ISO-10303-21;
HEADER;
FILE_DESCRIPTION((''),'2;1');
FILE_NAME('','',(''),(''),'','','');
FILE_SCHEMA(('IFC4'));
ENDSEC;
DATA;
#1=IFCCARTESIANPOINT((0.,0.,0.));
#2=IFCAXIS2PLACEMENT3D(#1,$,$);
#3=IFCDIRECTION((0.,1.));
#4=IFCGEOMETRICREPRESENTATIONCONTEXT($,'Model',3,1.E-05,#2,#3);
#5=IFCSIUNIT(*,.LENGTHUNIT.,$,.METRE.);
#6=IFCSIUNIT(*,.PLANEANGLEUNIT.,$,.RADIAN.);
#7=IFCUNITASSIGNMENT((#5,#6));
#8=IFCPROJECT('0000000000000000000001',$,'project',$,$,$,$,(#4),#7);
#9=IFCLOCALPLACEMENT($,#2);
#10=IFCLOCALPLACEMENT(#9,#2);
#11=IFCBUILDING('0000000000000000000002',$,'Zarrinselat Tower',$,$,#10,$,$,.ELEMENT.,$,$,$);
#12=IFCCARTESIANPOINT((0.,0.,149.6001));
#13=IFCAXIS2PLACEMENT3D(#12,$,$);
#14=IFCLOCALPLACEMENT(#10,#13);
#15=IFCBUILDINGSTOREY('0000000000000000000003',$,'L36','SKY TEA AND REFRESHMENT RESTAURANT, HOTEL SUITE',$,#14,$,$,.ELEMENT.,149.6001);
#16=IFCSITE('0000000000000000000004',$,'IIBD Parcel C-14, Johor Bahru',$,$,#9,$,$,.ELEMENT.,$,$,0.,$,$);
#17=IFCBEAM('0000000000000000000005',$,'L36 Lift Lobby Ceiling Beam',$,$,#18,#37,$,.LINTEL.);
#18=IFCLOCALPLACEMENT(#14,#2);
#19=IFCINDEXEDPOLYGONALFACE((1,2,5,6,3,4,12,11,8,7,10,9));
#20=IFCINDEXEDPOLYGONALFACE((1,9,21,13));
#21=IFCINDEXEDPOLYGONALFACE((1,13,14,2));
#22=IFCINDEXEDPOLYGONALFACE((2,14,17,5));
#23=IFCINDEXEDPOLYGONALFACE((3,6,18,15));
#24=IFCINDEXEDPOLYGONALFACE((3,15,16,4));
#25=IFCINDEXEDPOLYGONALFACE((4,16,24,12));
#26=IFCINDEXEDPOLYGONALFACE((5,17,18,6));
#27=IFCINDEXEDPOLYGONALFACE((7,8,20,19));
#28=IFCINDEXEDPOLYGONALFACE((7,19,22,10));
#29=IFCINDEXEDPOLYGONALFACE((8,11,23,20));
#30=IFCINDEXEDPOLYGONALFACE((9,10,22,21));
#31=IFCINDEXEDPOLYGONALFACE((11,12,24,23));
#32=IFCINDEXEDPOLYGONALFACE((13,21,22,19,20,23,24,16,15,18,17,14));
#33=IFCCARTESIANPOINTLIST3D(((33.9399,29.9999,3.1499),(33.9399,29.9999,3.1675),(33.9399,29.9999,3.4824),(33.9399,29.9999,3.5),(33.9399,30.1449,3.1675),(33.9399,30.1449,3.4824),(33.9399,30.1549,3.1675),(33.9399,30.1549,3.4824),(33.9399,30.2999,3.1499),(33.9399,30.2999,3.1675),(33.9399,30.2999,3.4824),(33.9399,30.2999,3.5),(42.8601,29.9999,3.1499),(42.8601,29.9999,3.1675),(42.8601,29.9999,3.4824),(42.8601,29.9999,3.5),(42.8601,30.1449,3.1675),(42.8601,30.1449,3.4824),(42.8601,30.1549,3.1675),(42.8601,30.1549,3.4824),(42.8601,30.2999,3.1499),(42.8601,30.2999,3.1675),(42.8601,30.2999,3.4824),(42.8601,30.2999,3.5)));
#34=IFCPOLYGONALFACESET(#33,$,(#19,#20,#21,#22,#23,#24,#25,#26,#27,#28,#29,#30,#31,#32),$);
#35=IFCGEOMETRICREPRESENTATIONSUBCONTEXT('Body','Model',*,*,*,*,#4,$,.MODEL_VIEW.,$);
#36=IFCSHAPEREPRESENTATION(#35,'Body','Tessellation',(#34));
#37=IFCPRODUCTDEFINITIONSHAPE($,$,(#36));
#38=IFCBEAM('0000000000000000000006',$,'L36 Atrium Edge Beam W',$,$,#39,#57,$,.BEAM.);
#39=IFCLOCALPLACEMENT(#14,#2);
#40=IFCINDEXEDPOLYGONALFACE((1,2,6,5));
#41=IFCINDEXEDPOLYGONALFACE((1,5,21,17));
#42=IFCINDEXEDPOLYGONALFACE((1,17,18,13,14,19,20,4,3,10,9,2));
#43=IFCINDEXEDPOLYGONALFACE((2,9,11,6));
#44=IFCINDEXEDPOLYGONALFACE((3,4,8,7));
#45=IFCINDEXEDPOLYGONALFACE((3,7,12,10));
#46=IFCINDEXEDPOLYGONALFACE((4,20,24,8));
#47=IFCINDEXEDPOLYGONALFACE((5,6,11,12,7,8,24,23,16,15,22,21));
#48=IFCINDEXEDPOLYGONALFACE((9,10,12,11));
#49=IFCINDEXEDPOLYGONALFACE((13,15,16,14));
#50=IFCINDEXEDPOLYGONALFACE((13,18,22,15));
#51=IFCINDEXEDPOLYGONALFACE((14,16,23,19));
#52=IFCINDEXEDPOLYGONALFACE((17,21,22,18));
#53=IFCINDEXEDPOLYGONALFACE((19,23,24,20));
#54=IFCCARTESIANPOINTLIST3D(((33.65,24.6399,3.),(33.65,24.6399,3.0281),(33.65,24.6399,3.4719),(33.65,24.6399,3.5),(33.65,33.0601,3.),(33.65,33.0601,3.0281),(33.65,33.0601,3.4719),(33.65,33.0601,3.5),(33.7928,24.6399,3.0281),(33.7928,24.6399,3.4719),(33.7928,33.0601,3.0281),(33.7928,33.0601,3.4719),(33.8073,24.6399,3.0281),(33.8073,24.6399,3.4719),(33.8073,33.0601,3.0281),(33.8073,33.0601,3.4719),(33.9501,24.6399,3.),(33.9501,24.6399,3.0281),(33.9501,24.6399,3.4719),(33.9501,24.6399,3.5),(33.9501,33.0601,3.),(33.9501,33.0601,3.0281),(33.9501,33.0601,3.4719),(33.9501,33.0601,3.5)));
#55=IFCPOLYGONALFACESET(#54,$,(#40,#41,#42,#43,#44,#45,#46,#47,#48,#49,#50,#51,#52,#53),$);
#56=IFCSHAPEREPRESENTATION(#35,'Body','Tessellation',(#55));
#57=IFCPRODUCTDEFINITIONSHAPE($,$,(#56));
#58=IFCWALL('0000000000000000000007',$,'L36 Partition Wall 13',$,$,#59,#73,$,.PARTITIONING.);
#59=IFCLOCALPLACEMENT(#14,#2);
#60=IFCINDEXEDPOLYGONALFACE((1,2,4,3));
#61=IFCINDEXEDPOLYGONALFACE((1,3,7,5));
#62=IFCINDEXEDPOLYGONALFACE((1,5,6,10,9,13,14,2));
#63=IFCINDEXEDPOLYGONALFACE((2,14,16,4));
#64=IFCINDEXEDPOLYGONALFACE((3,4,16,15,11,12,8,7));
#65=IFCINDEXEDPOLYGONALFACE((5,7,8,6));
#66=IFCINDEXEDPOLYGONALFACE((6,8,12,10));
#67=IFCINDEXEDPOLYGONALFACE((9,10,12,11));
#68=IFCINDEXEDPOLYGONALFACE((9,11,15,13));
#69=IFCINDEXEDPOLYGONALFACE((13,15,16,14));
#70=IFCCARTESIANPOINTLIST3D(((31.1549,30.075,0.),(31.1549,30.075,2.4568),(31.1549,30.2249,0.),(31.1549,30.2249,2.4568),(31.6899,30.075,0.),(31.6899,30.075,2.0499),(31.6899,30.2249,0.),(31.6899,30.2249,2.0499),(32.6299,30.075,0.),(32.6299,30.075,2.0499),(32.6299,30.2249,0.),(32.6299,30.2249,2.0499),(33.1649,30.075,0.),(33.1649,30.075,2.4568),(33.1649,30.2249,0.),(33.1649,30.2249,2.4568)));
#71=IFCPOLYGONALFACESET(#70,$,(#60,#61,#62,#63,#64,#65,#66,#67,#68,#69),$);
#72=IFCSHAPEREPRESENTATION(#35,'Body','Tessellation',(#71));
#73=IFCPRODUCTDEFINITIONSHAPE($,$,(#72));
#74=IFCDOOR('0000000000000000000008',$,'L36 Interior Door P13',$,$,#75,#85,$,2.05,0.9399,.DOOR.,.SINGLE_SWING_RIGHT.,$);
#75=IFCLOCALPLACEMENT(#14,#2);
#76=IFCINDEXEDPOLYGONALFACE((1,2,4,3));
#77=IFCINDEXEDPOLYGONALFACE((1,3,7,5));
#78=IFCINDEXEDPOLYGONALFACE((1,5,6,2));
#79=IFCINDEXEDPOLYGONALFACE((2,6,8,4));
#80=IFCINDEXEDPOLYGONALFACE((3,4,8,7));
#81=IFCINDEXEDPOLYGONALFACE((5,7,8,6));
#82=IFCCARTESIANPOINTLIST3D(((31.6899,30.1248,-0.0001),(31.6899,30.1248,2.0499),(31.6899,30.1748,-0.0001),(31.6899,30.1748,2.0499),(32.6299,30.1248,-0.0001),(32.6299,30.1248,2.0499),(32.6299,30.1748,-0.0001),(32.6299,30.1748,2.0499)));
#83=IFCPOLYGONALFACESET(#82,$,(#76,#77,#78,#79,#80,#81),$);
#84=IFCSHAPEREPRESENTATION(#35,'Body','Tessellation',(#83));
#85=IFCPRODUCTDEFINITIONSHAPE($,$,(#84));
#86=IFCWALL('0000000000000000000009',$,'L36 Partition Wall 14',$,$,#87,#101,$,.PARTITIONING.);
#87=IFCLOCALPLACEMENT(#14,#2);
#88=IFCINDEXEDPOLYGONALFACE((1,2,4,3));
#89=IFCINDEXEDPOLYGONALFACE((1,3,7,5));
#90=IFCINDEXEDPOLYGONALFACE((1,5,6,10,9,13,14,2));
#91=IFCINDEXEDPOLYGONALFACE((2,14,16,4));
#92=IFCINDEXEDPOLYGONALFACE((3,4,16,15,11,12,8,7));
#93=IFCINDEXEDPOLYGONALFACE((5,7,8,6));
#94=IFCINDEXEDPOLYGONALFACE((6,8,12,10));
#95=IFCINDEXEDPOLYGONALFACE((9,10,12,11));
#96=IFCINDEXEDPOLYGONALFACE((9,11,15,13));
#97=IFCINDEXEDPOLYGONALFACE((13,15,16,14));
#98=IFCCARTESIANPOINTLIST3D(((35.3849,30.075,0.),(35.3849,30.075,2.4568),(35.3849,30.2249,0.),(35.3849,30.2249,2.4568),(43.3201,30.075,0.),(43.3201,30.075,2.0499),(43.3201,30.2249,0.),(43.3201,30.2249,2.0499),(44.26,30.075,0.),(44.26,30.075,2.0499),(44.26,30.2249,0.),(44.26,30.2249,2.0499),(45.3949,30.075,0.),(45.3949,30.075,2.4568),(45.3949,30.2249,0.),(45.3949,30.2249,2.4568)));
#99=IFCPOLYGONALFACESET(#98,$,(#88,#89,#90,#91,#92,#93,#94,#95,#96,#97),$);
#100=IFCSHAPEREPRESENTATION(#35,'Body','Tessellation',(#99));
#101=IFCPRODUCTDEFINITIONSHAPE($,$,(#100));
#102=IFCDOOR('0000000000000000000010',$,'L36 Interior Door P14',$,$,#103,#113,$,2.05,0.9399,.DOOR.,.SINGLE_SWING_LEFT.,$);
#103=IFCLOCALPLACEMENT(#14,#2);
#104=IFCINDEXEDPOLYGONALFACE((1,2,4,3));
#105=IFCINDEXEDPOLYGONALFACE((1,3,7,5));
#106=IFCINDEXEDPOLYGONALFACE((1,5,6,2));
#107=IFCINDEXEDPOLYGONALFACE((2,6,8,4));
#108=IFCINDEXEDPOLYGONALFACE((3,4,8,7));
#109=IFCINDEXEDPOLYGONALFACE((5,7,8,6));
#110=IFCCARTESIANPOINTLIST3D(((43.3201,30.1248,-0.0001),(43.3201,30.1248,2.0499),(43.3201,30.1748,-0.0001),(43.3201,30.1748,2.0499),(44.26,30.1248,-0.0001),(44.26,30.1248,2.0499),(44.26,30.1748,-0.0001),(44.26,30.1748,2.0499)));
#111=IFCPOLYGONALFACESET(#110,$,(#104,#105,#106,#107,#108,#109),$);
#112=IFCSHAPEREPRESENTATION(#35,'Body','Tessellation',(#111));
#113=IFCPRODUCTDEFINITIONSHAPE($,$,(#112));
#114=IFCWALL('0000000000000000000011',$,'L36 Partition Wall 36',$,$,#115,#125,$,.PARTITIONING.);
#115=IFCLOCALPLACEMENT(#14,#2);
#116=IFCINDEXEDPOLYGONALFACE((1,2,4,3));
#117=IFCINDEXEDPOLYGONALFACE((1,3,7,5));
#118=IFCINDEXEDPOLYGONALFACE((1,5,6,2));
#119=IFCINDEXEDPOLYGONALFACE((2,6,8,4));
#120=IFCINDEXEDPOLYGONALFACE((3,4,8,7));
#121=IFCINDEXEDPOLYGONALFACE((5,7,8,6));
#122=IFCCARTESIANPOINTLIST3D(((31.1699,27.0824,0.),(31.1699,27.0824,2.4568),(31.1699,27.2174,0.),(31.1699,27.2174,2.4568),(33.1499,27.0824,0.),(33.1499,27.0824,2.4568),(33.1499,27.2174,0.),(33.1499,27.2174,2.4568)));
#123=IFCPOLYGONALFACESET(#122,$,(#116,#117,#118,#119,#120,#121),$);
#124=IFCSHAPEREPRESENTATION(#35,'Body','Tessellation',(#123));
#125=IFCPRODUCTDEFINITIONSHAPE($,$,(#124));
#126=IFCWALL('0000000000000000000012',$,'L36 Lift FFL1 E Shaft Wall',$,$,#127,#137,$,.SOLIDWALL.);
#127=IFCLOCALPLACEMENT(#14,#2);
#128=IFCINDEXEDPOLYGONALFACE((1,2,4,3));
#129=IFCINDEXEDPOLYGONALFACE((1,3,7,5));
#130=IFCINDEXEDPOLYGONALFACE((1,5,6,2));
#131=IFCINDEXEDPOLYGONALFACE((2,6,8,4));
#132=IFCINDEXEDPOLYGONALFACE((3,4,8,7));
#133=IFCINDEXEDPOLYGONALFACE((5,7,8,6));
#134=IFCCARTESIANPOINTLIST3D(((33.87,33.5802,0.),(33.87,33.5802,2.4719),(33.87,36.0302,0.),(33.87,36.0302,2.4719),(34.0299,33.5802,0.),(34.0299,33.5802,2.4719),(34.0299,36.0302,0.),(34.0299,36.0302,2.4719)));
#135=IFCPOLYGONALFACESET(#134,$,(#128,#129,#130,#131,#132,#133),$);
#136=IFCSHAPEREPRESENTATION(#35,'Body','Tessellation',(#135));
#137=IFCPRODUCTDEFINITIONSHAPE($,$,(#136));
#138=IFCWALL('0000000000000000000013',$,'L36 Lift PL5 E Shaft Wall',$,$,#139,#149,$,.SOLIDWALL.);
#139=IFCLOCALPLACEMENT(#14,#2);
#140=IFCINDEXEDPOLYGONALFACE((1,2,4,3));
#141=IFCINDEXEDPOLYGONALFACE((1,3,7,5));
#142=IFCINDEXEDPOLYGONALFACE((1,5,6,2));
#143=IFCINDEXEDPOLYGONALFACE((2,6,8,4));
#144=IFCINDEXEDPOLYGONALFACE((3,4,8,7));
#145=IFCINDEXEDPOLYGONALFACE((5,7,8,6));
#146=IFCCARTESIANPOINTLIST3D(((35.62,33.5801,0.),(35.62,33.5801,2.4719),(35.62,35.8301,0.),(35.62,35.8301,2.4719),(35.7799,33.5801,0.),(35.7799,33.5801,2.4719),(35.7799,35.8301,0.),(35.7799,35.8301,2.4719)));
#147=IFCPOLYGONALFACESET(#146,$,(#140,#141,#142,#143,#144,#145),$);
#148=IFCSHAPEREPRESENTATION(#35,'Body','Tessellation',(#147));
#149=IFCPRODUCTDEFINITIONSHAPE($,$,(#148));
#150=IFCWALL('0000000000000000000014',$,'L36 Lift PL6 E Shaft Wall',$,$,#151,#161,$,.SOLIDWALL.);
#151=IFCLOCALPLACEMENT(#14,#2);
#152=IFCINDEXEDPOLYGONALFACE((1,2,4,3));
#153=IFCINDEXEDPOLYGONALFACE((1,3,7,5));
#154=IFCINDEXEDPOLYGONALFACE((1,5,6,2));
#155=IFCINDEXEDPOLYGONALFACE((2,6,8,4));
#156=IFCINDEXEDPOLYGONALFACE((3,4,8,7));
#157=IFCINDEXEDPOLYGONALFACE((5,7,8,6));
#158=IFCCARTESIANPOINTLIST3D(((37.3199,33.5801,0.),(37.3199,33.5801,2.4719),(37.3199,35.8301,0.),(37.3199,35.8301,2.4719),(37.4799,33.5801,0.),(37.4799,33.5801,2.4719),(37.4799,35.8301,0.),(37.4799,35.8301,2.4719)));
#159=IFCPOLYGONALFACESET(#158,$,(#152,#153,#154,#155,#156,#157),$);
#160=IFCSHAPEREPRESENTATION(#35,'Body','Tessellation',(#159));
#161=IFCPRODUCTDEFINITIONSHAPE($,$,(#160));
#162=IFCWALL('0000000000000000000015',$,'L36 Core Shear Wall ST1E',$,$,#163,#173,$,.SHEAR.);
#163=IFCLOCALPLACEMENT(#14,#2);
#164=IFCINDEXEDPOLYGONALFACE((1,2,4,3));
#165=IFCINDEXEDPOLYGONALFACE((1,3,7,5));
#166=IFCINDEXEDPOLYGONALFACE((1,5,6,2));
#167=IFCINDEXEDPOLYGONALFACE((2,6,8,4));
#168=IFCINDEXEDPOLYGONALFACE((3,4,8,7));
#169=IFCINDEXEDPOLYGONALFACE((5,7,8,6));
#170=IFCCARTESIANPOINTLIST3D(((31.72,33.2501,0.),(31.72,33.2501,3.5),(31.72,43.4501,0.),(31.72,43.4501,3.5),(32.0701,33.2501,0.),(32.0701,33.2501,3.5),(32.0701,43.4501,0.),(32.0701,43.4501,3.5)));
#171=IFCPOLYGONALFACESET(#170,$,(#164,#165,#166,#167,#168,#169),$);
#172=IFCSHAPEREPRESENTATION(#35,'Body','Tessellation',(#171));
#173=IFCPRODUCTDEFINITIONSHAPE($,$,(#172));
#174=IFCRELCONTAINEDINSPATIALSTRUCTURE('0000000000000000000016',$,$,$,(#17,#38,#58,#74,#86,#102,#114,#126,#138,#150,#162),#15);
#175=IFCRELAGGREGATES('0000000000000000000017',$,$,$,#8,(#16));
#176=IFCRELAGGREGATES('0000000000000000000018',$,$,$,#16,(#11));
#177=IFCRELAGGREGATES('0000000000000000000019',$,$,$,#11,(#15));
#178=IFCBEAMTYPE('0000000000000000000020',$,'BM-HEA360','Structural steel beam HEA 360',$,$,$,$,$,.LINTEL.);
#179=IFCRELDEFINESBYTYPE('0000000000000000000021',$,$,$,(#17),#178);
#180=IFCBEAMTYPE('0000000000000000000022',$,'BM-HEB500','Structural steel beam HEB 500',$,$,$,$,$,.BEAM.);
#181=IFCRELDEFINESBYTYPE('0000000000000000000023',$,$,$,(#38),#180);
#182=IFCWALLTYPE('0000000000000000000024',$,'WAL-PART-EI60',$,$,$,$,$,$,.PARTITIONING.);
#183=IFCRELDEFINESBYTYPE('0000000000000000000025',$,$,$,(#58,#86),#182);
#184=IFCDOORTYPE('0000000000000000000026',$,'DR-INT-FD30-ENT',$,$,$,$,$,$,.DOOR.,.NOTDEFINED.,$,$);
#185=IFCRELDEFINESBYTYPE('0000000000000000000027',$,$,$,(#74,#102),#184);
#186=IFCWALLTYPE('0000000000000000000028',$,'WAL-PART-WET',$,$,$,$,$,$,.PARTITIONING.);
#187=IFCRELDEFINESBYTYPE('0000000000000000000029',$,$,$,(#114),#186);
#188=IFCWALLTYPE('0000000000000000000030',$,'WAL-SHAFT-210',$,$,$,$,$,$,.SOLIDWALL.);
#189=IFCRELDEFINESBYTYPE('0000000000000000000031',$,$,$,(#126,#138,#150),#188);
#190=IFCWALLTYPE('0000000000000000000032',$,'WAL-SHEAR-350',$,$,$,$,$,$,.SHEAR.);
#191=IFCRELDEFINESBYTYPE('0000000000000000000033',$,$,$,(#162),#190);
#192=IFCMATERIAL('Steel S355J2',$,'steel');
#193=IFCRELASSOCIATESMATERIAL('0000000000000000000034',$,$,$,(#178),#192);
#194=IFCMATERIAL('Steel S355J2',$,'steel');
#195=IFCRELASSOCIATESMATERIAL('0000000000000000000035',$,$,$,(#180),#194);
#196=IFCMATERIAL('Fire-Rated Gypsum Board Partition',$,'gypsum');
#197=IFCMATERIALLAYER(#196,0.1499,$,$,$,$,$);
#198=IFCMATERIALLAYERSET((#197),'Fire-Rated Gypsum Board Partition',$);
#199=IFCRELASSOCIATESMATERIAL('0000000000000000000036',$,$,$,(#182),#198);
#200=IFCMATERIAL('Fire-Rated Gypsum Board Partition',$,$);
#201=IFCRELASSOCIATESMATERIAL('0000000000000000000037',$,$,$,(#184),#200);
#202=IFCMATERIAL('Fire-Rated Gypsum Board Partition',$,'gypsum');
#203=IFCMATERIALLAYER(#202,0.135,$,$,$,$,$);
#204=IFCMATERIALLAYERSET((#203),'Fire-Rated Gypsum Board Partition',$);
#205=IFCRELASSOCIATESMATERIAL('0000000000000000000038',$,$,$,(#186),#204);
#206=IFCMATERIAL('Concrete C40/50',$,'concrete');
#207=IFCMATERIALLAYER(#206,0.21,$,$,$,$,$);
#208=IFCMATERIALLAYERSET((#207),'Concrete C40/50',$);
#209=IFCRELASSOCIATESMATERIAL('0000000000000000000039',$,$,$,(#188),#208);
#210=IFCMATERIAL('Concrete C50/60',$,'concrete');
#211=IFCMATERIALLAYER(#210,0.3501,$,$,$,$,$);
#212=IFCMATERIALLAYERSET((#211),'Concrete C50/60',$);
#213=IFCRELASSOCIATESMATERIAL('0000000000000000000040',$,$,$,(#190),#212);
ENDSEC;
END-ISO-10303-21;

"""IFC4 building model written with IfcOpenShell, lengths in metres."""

from ifc_helpers import new_model, si_unit, direction, frame, frame_2d, origin, origin_2d, place, context, subcontext, project, spatial, rectangle, i_section, extrude, material, layer, layer_set, material_profile, profile_set, type_object, element, fill, save


model = new_model("IFC4")

# Units and contexts
model_context = context("Model", 3, precision=1e-05, world=origin(), true_north=direction((0.0, 1.0)))
body_context = subcontext(model_context, "Body", "Model", "MODEL_VIEW")
ifc_project = project(units=[si_unit("LENGTHUNIT", "METRE"), si_unit("PLANEANGLEUNIT", "RADIAN")], contexts=[model_context])

# Site, building, storey
site_placement = place(None, origin())
site = spatial("IfcSite", under=ifc_project, at=site_placement, Name="IIBD Parcel C-14, Johor Bahru", CompositionType="ELEMENT", RefElevation=0.0)
building_placement = place(site_placement, origin())
building = spatial("IfcBuilding", under=site, at=building_placement, Name="Zarrinselat Tower", CompositionType="ELEMENT")
storey_placement = place(building_placement, frame((0.0, 0.0, 149.6001)))
storey = spatial("IfcBuildingStorey", under=building, at=storey_placement, Name="L36", Description="SKY TEA AND REFRESHMENT RESTAURANT, HOTEL SUITE", CompositionType="ELEMENT", Elevation=149.6001)

# Beams
ifc_material_1 = material(Name="Steel S355J2", Category="steel")
ifc_material_profile_1 = material_profile(ifc_material_1, i_section(OverallWidth=0.3, OverallDepth=0.3501, WebThickness=0.01, FlangeThickness=0.0176, at=origin_2d()), Name="HEA 360")
ifc_profile_set_1 = profile_set([ifc_material_profile_1], Name="Steel S355J2")
beam_type_1 = type_object("IfcBeamType", Name="BM-HEA360", Description="Structural steel beam HEA 360", PredefinedType="LINTEL", material=ifc_profile_set_1)
beam_1_placement = place(storey_placement, frame((33.9399, 30.1499, 3.325), z_axis=(1.0, 0.0, 0.0), x_axis=(0.0, 1.0, 0.0)))
element("IfcBeam", 1, at=beam_1_placement, inside=storey, type_object=beam_type_1, Name="L36 Lift Lobby Ceiling Beam", PredefinedType="LINTEL", context=body_context, shape_type="SweptSolid", body=[
    extrude(i_section(OverallWidth=0.3, OverallDepth=0.3501, WebThickness=0.01, FlangeThickness=0.0176, at=origin_2d()), origin(), (0.0, 0.0, 1.0), 8.9202),
])
ifc_material_2 = material(Name="Steel S355J2", Category="steel")
ifc_material_profile_2 = material_profile(ifc_material_2, i_section(OverallWidth=0.3, OverallDepth=0.5, WebThickness=0.0144, FlangeThickness=0.0281, at=origin_2d()), Name="HEB 500")
ifc_profile_set_2 = profile_set([ifc_material_profile_2], Name="Steel S355J2")
beam_type_2 = type_object("IfcBeamType", Name="BM-HEB500", Description="Structural steel beam HEB 500", PredefinedType="BEAM", material=ifc_profile_set_2)
beam_2_placement = place(storey_placement, frame((33.8, 24.6399, 3.25), z_axis=(0.0, 1.0, 0.0), x_axis=(-1.0, 0.0, 0.0)))
element("IfcBeam", 2, at=beam_2_placement, inside=storey, type_object=beam_type_2, Name="L36 Atrium Edge Beam W", PredefinedType="BEAM", context=body_context, shape_type="SweptSolid", body=[
    extrude(i_section(OverallWidth=0.3, OverallDepth=0.5, WebThickness=0.0144, FlangeThickness=0.0281, at=origin_2d()), origin(), (0.0, 0.0, 1.0), 8.4202),
])

# Walls, openings, doors
ifc_material_3 = material(Name="Fire-Rated Gypsum Board Partition", Category="gypsum")
ifc_layer_1 = layer(ifc_material_3, 0.1499)
ifc_layer_set_1 = layer_set([ifc_layer_1], Name="Fire-Rated Gypsum Board Partition")
wall_type_1 = type_object("IfcWallType", Name="WAL-PART-EI60", PredefinedType="PARTITIONING", material=ifc_layer_set_1)
wall_1_placement = place(storey_placement, frame((31.155, 30.1499, 0.0), z_axis=(0.0, 0.0, 1.0), x_axis=(1.0, 0.0, 0.0)))
wall_1 = element("IfcWall", 3, at=wall_1_placement, inside=storey, type_object=wall_type_1, Name="L36 Partition Wall 13", PredefinedType="PARTITIONING", context=body_context, shape_type="SweptSolid", body=[
    extrude(rectangle(XDim=2.01, YDim=0.1499, at=frame_2d((1.0049, 0.0))), origin(), (0.0, 0.0, 1.0), 2.4568),
])
opening_1_placement = place(wall_1_placement, frame((0.5349, 0.0, 0.0)))
opening_1 = element("IfcOpeningElement", 4, at=opening_1_placement, cuts=wall_1, PredefinedType="OPENING", context=body_context, shape_type="SweptSolid", body=[
    extrude(rectangle(XDim=0.9399, YDim=2.05, at=frame_2d((0.47, 1.0249))), frame((0.0, 0.085, 0.0), z_axis=(0.0, -1.0, 0.0), x_axis=(1.0, 0.0, 0.0)), (0.0, 0.0, 1.0), 0.1699),
])
ifc_material_4 = material(Name="Fire-Rated Gypsum Board Partition")
door_type = type_object("IfcDoorType", Name="DR-INT-FD30-ENT", OperationType="NOTDEFINED", PredefinedType="DOOR", material=ifc_material_4)
door_1_placement = place(opening_1_placement, origin())
door_1 = element("IfcDoor", 5, at=door_1_placement, inside=storey, type_object=door_type, Name="L36 Interior Door P13", OperationType="SINGLE_SWING_RIGHT", OverallHeight=2.05, OverallWidth=0.9399, PredefinedType="DOOR", context=body_context, shape_type="SweptSolid", body=[
    extrude(rectangle(XDim=0.9399, YDim=2.05, at=frame_2d((0.47, 1.0249))), frame((0.0, 0.0249, 0.0), z_axis=(0.0, -1.0, 0.0), x_axis=(1.0, 0.0, 0.0)), (0.0, 0.0, 1.0), 0.05),
])
fill(opening_1, door_1)
wall_2_placement = place(storey_placement, frame((35.385, 30.1499, 0.0), z_axis=(0.0, 0.0, 1.0), x_axis=(1.0, 0.0, 0.0)))
wall_2 = element("IfcWall", 6, at=wall_2_placement, inside=storey, type_object=wall_type_1, Name="L36 Partition Wall 14", PredefinedType="PARTITIONING", context=body_context, shape_type="SweptSolid", body=[
    extrude(rectangle(XDim=10.01, YDim=0.1499, at=frame_2d((5.0049, 0.0))), origin(), (0.0, 0.0, 1.0), 2.4568),
])
opening_2_placement = place(wall_2_placement, frame((7.9351, 0.0, 0.0)))
opening_2 = element("IfcOpeningElement", 7, at=opening_2_placement, cuts=wall_2, PredefinedType="OPENING", context=body_context, shape_type="SweptSolid", body=[
    extrude(rectangle(XDim=0.9399, YDim=2.05, at=frame_2d((0.47, 1.0249))), frame((0.0, 0.085, 0.0), z_axis=(0.0, -1.0, 0.0), x_axis=(1.0, 0.0, 0.0)), (0.0, 0.0, 1.0), 0.1699),
])
door_2_placement = place(opening_2_placement, origin())
door_2 = element("IfcDoor", 8, at=door_2_placement, inside=storey, type_object=door_type, Name="L36 Interior Door P14", OperationType="SINGLE_SWING_LEFT", OverallHeight=2.05, OverallWidth=0.9399, PredefinedType="DOOR", context=body_context, shape_type="SweptSolid", body=[
    extrude(rectangle(XDim=0.9399, YDim=2.05, at=frame_2d((0.47, 1.0249))), frame((0.0, 0.0249, 0.0), z_axis=(0.0, -1.0, 0.0), x_axis=(1.0, 0.0, 0.0)), (0.0, 0.0, 1.0), 0.05),
])
fill(opening_2, door_2)

# Walls
ifc_material_5 = material(Name="Fire-Rated Gypsum Board Partition", Category="gypsum")
ifc_layer_2 = layer(ifc_material_5, 0.135)
ifc_layer_set_2 = layer_set([ifc_layer_2], Name="Fire-Rated Gypsum Board Partition")
wall_type_2 = type_object("IfcWallType", Name="WAL-PART-WET", PredefinedType="PARTITIONING", material=ifc_layer_set_2)
wall_3_placement = place(storey_placement, frame((31.1699, 27.1499, 0.0), z_axis=(0.0, 0.0, 1.0), x_axis=(1.0, 0.0, 0.0)))
element("IfcWall", 9, at=wall_3_placement, inside=storey, type_object=wall_type_2, Name="L36 Partition Wall 36", PredefinedType="PARTITIONING", context=body_context, shape_type="SweptSolid", body=[
    extrude(rectangle(XDim=1.98, YDim=0.135, at=frame_2d((0.99, 0.0))), origin(), (0.0, 0.0, 1.0), 2.4568),
])
ifc_material_6 = material(Name="Concrete C40/50", Category="concrete")
ifc_layer_3 = layer(ifc_material_6, 0.21)
ifc_layer_set_3 = layer_set([ifc_layer_3], Name="Concrete C40/50")
wall_type_3 = type_object("IfcWallType", Name="WAL-SHAFT-210", PredefinedType="SOLIDWALL", material=ifc_layer_set_3)
wall_4_placement = place(storey_placement, frame((33.95, 33.5801, 0.0), z_axis=(0.0, 0.0, 1.0), x_axis=(0.0, 1.0, 0.0)))
element("IfcWall", 10, at=wall_4_placement, inside=storey, type_object=wall_type_3, Name="L36 Lift FFL1 E Shaft Wall", PredefinedType="SOLIDWALL", context=body_context, shape_type="SweptSolid", body=[
    extrude(rectangle(XDim=2.45, YDim=0.1599, at=frame_2d((1.2251, 0.0))), origin(), (0.0, 0.0, 1.0), 2.4719),
])
for number, where, z_axis, x_axis, name in (
    (11, (35.7, 33.5801, 0.0), (0.0, 0.0, 1.0), (0.0, 1.0, 0.0), "L36 Lift PL5 E Shaft Wall"),
    (12, (37.3999, 33.5801, 0.0), (0.0, 0.0, 1.0), (0.0, 1.0, 0.0), "L36 Lift PL6 E Shaft Wall"),
):
    element("IfcWall", number, at=place(storey_placement, frame(where, z_axis=z_axis, x_axis=x_axis)), inside=storey, type_object=wall_type_3, Name=name, PredefinedType="SOLIDWALL", context=body_context, shape_type="SweptSolid", body=[
        extrude(rectangle(XDim=2.25, YDim=0.1599, at=frame_2d((1.125, 0.0))), origin(), (0.0, 0.0, 1.0), 2.4719),
    ])
ifc_material_7 = material(Name="Concrete C50/60", Category="concrete")
ifc_layer_4 = layer(ifc_material_7, 0.3501)
ifc_layer_set_4 = layer_set([ifc_layer_4], Name="Concrete C50/60")
wall_type_4 = type_object("IfcWallType", Name="WAL-SHEAR-350", PredefinedType="SHEAR", material=ifc_layer_set_4)
wall_5_placement = place(storey_placement, frame((31.895, 33.25, 0.0), z_axis=(0.0, 0.0, 1.0), x_axis=(0.0, 1.0, 0.0)))
element("IfcWall", 13, at=wall_5_placement, inside=storey, type_object=wall_type_4, Name="L36 Core Shear Wall ST1E", PredefinedType="SHEAR", context=body_context, shape_type="SweptSolid", body=[
    extrude(rectangle(XDim=10.2, YDim=0.3501, at=frame_2d((5.1001, 0.0))), origin(), (0.0, 0.0, 1.0), 3.5),
])

save(model, "model.ifc")
